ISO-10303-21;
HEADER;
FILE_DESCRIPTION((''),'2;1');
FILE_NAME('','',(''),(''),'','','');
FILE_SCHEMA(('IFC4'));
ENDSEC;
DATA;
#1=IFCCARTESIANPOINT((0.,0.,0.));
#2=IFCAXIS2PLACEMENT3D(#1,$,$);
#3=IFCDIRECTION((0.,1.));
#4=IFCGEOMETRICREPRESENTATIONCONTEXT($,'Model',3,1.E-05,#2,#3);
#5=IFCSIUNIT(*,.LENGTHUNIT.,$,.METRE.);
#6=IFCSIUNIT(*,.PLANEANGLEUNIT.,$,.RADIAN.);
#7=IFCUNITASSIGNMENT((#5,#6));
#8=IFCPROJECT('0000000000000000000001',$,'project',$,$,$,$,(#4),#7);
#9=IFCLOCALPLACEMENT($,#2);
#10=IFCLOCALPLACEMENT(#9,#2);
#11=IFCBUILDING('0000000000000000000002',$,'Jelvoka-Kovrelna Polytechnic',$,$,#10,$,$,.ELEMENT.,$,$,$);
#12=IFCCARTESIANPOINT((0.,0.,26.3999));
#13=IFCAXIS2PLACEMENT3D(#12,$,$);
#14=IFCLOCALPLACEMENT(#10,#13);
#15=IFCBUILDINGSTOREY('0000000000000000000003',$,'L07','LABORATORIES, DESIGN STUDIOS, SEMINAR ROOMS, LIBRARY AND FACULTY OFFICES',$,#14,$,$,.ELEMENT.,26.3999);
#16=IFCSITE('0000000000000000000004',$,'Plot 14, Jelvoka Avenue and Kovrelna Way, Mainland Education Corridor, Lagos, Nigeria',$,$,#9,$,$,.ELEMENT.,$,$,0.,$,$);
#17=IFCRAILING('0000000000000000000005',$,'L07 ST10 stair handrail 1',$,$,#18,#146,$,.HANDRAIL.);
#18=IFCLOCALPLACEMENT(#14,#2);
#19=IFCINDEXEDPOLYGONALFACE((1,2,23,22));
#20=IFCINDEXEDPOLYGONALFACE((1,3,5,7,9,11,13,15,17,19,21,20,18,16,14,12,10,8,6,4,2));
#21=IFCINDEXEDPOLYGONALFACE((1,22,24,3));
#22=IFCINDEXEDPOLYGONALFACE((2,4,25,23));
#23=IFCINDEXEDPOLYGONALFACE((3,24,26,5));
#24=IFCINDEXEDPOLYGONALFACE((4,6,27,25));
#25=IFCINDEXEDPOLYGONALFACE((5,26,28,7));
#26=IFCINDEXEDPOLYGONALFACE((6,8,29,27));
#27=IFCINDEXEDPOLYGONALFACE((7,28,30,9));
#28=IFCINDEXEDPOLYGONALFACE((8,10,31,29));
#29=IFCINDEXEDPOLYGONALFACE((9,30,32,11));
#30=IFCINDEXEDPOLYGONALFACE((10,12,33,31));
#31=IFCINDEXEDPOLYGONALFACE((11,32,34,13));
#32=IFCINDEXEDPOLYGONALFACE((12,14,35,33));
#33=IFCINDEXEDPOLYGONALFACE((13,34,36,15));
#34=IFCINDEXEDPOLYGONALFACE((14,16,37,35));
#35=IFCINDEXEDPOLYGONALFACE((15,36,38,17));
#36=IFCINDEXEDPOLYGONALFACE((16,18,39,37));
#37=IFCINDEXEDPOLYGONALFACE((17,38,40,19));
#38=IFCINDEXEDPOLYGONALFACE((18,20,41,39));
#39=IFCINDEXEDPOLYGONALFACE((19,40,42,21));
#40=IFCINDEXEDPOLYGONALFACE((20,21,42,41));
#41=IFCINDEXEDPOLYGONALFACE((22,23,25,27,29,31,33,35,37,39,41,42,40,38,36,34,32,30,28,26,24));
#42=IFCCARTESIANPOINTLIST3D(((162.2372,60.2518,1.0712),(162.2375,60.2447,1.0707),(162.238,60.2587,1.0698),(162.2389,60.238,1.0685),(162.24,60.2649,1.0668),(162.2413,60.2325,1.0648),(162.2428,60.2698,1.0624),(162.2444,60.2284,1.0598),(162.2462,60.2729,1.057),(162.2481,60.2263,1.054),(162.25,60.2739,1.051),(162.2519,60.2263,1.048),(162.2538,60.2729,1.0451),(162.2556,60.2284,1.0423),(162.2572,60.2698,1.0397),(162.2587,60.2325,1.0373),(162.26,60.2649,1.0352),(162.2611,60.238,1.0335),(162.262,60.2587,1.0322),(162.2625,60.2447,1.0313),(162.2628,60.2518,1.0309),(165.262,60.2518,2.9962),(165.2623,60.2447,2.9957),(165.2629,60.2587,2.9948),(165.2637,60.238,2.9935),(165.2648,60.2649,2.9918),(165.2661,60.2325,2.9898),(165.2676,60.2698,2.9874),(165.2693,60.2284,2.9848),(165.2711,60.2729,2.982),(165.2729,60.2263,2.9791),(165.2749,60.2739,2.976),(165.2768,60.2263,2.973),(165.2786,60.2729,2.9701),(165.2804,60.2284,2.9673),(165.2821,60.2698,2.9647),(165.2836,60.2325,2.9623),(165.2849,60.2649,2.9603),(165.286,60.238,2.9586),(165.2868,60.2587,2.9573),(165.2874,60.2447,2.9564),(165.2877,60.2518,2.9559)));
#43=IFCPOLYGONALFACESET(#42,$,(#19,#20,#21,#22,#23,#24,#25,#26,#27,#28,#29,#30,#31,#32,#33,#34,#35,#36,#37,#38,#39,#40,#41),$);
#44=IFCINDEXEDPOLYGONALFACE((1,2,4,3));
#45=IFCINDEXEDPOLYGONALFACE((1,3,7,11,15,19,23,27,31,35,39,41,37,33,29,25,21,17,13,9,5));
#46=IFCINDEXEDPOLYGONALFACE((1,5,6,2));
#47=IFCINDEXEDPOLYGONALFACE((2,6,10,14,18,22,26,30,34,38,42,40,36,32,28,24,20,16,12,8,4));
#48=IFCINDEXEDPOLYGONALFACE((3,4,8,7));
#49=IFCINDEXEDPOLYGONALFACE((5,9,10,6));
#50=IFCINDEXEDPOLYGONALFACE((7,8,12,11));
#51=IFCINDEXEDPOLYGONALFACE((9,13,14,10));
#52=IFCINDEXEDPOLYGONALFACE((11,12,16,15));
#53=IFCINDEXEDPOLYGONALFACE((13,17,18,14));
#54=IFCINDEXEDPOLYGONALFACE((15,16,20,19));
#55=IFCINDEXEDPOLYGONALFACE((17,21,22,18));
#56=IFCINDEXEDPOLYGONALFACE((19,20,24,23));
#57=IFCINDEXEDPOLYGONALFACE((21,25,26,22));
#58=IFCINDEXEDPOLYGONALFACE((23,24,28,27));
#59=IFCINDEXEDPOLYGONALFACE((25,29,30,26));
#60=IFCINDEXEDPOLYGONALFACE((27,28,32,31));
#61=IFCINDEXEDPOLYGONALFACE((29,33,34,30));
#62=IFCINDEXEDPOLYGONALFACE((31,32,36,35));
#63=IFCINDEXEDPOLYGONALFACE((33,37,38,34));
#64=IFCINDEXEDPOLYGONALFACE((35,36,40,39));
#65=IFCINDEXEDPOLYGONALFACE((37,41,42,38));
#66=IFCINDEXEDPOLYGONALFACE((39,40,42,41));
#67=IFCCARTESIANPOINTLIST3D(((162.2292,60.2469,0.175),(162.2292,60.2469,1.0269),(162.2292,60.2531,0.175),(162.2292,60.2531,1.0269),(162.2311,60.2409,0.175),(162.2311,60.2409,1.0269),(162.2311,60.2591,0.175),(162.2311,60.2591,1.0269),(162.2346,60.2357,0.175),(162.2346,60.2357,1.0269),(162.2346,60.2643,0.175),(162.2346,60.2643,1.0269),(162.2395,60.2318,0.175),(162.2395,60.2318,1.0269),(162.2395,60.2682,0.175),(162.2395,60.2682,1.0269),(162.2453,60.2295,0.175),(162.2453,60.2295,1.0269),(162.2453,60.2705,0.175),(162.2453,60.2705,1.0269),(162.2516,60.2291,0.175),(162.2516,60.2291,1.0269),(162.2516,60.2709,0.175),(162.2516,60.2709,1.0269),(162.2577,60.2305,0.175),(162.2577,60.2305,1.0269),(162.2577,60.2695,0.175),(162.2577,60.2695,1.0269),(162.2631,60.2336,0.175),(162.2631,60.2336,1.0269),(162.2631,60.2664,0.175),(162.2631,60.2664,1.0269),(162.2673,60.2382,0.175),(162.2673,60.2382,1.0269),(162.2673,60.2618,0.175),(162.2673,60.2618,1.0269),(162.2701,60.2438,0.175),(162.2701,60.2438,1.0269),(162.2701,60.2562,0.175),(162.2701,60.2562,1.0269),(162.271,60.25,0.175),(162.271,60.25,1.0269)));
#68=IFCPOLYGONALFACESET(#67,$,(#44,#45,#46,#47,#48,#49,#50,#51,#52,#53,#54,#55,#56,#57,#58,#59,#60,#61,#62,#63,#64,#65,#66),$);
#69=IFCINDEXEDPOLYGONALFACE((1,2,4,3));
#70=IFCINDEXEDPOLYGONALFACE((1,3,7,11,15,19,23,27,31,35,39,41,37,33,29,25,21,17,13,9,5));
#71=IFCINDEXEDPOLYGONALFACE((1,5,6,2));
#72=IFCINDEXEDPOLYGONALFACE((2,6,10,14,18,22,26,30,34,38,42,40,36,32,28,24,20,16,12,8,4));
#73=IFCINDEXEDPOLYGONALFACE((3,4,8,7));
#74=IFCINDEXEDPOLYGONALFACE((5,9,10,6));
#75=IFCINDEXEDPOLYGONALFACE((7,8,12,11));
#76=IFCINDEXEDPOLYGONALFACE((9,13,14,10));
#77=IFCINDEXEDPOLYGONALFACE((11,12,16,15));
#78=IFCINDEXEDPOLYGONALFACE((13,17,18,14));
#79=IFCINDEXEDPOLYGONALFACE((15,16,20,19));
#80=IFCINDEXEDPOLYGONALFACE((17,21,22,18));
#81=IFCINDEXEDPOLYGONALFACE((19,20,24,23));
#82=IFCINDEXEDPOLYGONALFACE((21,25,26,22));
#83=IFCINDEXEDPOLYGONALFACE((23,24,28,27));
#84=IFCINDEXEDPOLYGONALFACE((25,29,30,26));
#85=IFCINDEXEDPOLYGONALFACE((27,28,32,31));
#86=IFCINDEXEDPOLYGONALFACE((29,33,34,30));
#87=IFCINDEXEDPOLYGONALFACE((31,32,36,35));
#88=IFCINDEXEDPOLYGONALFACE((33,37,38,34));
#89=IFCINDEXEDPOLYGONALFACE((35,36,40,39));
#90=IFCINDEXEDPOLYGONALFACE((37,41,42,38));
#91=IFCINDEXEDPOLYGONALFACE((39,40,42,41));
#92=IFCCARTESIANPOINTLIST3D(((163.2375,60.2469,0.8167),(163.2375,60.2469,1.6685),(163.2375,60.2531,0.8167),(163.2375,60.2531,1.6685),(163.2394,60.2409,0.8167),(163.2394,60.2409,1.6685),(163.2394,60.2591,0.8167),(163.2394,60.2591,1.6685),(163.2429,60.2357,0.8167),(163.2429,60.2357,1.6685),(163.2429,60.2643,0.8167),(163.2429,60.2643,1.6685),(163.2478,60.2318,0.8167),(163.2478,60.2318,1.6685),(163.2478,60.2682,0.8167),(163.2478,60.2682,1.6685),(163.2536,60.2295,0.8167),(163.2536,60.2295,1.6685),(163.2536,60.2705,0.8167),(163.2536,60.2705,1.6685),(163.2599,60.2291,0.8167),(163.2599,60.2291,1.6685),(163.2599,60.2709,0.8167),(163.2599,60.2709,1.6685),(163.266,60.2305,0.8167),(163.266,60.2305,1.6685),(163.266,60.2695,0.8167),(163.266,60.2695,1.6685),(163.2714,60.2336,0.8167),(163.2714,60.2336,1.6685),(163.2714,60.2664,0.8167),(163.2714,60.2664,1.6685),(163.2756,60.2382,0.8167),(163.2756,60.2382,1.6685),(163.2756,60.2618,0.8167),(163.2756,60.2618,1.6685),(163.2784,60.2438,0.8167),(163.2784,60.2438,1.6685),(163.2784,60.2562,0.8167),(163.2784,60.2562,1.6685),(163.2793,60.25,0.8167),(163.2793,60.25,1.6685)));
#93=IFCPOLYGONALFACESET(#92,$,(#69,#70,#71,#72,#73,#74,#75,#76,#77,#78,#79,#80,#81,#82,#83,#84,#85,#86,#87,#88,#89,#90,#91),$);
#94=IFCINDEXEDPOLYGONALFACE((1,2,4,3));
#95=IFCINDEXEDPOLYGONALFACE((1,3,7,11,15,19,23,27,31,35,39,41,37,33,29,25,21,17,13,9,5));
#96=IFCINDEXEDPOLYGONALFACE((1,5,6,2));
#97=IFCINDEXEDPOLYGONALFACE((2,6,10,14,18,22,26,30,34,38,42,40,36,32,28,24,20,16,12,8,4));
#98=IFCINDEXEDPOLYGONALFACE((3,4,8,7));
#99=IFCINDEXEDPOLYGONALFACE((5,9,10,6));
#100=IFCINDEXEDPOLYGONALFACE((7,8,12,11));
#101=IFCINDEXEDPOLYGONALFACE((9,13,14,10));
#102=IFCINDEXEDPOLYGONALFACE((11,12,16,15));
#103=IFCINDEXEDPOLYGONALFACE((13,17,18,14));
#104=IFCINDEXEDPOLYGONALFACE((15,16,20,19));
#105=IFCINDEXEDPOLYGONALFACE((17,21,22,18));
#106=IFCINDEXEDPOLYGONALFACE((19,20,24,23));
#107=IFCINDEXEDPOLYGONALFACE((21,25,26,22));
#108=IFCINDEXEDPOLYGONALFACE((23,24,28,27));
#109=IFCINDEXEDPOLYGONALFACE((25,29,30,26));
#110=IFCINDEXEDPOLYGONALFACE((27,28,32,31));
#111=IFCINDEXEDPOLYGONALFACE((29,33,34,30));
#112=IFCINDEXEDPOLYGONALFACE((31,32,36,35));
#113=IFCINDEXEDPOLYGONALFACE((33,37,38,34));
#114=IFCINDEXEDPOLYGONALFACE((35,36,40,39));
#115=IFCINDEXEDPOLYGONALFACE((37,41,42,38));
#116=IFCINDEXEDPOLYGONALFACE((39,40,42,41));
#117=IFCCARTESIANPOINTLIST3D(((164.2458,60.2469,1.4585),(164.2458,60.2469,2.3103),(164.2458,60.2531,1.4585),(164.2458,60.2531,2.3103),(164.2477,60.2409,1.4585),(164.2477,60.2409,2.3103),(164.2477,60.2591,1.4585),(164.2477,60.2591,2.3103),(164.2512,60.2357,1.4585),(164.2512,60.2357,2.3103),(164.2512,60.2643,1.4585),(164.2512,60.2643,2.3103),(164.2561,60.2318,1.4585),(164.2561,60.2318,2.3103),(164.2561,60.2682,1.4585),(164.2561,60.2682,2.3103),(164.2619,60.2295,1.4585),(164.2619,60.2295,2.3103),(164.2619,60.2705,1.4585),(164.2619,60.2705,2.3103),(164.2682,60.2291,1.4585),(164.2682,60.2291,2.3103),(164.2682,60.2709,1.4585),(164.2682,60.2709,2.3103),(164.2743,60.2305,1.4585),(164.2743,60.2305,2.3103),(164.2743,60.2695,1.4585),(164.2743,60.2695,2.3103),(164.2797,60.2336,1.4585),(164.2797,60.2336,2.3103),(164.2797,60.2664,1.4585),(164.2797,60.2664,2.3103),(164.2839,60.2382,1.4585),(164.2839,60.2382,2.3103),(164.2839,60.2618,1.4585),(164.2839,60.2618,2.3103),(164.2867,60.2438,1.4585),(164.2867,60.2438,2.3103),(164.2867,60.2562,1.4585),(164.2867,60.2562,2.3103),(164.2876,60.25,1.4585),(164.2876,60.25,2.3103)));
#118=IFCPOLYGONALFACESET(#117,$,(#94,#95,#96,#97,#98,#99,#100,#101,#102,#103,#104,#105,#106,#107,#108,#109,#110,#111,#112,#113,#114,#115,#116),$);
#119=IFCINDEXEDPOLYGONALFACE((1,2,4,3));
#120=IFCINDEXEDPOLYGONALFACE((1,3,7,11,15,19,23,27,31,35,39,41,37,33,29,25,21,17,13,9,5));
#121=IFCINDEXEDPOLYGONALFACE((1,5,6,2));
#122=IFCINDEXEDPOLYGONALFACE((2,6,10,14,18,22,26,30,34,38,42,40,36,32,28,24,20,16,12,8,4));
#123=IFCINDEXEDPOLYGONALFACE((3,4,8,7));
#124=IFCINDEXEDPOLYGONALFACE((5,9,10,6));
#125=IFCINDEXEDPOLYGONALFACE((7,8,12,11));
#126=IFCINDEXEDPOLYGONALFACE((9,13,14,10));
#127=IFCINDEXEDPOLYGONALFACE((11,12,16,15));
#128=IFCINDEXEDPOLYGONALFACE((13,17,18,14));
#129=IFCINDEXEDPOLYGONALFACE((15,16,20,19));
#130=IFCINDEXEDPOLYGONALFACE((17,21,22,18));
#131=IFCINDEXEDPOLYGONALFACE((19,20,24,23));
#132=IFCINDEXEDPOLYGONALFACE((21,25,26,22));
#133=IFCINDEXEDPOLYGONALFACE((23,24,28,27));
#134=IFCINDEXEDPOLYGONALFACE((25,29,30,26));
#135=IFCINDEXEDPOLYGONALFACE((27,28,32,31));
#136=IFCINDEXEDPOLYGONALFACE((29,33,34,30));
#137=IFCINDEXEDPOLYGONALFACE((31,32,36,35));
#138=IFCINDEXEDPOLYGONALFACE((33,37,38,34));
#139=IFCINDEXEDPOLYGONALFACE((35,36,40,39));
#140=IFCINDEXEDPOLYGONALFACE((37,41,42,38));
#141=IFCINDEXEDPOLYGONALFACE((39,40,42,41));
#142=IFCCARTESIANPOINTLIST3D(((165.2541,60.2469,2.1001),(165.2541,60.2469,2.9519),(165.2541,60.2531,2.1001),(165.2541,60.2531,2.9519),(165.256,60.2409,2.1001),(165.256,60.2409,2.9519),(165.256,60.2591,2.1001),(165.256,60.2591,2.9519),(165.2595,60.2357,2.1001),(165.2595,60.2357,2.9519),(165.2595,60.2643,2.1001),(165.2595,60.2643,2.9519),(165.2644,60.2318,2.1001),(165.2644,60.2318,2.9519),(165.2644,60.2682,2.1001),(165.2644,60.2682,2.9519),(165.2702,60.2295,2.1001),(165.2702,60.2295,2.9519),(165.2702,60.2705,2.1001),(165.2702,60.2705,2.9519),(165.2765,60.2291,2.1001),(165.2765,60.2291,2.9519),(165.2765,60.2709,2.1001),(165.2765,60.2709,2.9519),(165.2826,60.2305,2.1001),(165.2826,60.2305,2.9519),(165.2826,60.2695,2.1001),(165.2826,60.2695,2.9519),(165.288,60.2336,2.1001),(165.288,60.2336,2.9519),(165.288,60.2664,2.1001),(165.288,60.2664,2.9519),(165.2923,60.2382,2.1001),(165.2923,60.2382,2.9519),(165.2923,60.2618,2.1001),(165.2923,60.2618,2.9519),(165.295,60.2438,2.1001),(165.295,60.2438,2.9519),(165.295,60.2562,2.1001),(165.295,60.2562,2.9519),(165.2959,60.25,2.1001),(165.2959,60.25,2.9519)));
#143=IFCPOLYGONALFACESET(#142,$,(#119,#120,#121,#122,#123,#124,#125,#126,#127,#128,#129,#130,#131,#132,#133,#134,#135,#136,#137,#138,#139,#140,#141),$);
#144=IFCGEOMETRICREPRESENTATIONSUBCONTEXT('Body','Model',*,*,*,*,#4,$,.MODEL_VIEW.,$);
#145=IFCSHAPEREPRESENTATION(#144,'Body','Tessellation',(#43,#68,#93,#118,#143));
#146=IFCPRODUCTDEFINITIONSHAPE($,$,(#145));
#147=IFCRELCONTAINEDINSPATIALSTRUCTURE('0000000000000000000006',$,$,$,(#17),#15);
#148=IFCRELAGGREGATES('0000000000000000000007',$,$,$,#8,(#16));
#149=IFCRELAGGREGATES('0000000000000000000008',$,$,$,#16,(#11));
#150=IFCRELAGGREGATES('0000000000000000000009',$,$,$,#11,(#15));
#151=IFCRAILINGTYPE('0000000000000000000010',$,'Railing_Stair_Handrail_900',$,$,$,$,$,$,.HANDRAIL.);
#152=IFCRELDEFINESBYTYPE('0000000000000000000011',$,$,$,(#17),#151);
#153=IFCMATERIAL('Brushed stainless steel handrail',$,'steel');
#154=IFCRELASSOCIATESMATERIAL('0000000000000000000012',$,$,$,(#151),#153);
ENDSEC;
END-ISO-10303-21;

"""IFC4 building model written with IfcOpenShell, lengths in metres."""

from ifc_helpers import new_model, si_unit, direction, frame, origin, origin_2d, place, context, subcontext, project, spatial, circle, extrude, material, type_object, element, save


model = new_model("IFC4")

# Units and contexts
model_context = context("Model", 3, precision=1e-05, world=origin(), true_north=direction((0.0, 1.0)))
body_context = subcontext(model_context, "Body", "Model", "MODEL_VIEW")
ifc_project = project(units=[si_unit("LENGTHUNIT", "METRE"), si_unit("PLANEANGLEUNIT", "RADIAN")], contexts=[model_context])

# Site, building, storey
site_placement = place(None, origin())
site = spatial("IfcSite", under=ifc_project, at=site_placement, Name="Plot 14, Jelvoka Avenue and Kovrelna Way, Mainland Education Corridor, Lagos, Nigeria", CompositionType="ELEMENT", RefElevation=0.0)
building_placement = place(site_placement, origin())
building = spatial("IfcBuilding", under=site, at=building_placement, Name="Jelvoka-Kovrelna Polytechnic", CompositionType="ELEMENT")
storey_placement = place(building_placement, frame((0.0, 0.0, 26.3999)))
storey = spatial("IfcBuildingStorey", under=building, at=storey_placement, Name="L07", Description="LABORATORIES, DESIGN STUDIOS, SEMINAR ROOMS, LIBRARY AND FACULTY OFFICES", CompositionType="ELEMENT", Elevation=26.3999)

# Railing
ifc_material_1 = material(Name="Brushed stainless steel handrail", Category="steel")
railing_type_1 = type_object("IfcRailingType", Name="Railing_Stair_Handrail_900", PredefinedType="HANDRAIL", material=ifc_material_1)
railing_1_placement = place(storey_placement, frame((162.25, 60.25, 0.175)))
element("IfcRailing", 1, at=railing_1_placement, inside=storey, type_object=railing_type_1, Name="L07 ST10 stair handrail 1", PredefinedType="HANDRAIL", context=body_context, shape_type="SweptSolid", body=[
    extrude(circle(Radius=0.0239, at=origin_2d()), frame((0.0, 0.0, 0.876), z_axis=(0.843647, 0.0, 0.536898), x_axis=(0.0, 1.0, 0.0)), (0.0, 0.0, 1.0), 3.5854),
    extrude(circle(Radius=0.021, at=origin_2d()), origin(), (0.0, 0.0, 1.0), 0.8518),
    extrude(circle(Radius=0.021, at=origin_2d()), frame((1.0083, 0.0, 0.6416)), (0.0, 0.0, 1.0), 0.8518),
    extrude(circle(Radius=0.021, at=origin_2d()), frame((2.0166, 0.0, 1.2834)), (0.0, 0.0, 1.0), 0.8518),
    extrude(circle(Radius=0.021, at=origin_2d()), frame((3.0249, 0.0, 1.925)), (0.0, 0.0, 1.0), 0.8518),
])

save(model, "model.ifc")
